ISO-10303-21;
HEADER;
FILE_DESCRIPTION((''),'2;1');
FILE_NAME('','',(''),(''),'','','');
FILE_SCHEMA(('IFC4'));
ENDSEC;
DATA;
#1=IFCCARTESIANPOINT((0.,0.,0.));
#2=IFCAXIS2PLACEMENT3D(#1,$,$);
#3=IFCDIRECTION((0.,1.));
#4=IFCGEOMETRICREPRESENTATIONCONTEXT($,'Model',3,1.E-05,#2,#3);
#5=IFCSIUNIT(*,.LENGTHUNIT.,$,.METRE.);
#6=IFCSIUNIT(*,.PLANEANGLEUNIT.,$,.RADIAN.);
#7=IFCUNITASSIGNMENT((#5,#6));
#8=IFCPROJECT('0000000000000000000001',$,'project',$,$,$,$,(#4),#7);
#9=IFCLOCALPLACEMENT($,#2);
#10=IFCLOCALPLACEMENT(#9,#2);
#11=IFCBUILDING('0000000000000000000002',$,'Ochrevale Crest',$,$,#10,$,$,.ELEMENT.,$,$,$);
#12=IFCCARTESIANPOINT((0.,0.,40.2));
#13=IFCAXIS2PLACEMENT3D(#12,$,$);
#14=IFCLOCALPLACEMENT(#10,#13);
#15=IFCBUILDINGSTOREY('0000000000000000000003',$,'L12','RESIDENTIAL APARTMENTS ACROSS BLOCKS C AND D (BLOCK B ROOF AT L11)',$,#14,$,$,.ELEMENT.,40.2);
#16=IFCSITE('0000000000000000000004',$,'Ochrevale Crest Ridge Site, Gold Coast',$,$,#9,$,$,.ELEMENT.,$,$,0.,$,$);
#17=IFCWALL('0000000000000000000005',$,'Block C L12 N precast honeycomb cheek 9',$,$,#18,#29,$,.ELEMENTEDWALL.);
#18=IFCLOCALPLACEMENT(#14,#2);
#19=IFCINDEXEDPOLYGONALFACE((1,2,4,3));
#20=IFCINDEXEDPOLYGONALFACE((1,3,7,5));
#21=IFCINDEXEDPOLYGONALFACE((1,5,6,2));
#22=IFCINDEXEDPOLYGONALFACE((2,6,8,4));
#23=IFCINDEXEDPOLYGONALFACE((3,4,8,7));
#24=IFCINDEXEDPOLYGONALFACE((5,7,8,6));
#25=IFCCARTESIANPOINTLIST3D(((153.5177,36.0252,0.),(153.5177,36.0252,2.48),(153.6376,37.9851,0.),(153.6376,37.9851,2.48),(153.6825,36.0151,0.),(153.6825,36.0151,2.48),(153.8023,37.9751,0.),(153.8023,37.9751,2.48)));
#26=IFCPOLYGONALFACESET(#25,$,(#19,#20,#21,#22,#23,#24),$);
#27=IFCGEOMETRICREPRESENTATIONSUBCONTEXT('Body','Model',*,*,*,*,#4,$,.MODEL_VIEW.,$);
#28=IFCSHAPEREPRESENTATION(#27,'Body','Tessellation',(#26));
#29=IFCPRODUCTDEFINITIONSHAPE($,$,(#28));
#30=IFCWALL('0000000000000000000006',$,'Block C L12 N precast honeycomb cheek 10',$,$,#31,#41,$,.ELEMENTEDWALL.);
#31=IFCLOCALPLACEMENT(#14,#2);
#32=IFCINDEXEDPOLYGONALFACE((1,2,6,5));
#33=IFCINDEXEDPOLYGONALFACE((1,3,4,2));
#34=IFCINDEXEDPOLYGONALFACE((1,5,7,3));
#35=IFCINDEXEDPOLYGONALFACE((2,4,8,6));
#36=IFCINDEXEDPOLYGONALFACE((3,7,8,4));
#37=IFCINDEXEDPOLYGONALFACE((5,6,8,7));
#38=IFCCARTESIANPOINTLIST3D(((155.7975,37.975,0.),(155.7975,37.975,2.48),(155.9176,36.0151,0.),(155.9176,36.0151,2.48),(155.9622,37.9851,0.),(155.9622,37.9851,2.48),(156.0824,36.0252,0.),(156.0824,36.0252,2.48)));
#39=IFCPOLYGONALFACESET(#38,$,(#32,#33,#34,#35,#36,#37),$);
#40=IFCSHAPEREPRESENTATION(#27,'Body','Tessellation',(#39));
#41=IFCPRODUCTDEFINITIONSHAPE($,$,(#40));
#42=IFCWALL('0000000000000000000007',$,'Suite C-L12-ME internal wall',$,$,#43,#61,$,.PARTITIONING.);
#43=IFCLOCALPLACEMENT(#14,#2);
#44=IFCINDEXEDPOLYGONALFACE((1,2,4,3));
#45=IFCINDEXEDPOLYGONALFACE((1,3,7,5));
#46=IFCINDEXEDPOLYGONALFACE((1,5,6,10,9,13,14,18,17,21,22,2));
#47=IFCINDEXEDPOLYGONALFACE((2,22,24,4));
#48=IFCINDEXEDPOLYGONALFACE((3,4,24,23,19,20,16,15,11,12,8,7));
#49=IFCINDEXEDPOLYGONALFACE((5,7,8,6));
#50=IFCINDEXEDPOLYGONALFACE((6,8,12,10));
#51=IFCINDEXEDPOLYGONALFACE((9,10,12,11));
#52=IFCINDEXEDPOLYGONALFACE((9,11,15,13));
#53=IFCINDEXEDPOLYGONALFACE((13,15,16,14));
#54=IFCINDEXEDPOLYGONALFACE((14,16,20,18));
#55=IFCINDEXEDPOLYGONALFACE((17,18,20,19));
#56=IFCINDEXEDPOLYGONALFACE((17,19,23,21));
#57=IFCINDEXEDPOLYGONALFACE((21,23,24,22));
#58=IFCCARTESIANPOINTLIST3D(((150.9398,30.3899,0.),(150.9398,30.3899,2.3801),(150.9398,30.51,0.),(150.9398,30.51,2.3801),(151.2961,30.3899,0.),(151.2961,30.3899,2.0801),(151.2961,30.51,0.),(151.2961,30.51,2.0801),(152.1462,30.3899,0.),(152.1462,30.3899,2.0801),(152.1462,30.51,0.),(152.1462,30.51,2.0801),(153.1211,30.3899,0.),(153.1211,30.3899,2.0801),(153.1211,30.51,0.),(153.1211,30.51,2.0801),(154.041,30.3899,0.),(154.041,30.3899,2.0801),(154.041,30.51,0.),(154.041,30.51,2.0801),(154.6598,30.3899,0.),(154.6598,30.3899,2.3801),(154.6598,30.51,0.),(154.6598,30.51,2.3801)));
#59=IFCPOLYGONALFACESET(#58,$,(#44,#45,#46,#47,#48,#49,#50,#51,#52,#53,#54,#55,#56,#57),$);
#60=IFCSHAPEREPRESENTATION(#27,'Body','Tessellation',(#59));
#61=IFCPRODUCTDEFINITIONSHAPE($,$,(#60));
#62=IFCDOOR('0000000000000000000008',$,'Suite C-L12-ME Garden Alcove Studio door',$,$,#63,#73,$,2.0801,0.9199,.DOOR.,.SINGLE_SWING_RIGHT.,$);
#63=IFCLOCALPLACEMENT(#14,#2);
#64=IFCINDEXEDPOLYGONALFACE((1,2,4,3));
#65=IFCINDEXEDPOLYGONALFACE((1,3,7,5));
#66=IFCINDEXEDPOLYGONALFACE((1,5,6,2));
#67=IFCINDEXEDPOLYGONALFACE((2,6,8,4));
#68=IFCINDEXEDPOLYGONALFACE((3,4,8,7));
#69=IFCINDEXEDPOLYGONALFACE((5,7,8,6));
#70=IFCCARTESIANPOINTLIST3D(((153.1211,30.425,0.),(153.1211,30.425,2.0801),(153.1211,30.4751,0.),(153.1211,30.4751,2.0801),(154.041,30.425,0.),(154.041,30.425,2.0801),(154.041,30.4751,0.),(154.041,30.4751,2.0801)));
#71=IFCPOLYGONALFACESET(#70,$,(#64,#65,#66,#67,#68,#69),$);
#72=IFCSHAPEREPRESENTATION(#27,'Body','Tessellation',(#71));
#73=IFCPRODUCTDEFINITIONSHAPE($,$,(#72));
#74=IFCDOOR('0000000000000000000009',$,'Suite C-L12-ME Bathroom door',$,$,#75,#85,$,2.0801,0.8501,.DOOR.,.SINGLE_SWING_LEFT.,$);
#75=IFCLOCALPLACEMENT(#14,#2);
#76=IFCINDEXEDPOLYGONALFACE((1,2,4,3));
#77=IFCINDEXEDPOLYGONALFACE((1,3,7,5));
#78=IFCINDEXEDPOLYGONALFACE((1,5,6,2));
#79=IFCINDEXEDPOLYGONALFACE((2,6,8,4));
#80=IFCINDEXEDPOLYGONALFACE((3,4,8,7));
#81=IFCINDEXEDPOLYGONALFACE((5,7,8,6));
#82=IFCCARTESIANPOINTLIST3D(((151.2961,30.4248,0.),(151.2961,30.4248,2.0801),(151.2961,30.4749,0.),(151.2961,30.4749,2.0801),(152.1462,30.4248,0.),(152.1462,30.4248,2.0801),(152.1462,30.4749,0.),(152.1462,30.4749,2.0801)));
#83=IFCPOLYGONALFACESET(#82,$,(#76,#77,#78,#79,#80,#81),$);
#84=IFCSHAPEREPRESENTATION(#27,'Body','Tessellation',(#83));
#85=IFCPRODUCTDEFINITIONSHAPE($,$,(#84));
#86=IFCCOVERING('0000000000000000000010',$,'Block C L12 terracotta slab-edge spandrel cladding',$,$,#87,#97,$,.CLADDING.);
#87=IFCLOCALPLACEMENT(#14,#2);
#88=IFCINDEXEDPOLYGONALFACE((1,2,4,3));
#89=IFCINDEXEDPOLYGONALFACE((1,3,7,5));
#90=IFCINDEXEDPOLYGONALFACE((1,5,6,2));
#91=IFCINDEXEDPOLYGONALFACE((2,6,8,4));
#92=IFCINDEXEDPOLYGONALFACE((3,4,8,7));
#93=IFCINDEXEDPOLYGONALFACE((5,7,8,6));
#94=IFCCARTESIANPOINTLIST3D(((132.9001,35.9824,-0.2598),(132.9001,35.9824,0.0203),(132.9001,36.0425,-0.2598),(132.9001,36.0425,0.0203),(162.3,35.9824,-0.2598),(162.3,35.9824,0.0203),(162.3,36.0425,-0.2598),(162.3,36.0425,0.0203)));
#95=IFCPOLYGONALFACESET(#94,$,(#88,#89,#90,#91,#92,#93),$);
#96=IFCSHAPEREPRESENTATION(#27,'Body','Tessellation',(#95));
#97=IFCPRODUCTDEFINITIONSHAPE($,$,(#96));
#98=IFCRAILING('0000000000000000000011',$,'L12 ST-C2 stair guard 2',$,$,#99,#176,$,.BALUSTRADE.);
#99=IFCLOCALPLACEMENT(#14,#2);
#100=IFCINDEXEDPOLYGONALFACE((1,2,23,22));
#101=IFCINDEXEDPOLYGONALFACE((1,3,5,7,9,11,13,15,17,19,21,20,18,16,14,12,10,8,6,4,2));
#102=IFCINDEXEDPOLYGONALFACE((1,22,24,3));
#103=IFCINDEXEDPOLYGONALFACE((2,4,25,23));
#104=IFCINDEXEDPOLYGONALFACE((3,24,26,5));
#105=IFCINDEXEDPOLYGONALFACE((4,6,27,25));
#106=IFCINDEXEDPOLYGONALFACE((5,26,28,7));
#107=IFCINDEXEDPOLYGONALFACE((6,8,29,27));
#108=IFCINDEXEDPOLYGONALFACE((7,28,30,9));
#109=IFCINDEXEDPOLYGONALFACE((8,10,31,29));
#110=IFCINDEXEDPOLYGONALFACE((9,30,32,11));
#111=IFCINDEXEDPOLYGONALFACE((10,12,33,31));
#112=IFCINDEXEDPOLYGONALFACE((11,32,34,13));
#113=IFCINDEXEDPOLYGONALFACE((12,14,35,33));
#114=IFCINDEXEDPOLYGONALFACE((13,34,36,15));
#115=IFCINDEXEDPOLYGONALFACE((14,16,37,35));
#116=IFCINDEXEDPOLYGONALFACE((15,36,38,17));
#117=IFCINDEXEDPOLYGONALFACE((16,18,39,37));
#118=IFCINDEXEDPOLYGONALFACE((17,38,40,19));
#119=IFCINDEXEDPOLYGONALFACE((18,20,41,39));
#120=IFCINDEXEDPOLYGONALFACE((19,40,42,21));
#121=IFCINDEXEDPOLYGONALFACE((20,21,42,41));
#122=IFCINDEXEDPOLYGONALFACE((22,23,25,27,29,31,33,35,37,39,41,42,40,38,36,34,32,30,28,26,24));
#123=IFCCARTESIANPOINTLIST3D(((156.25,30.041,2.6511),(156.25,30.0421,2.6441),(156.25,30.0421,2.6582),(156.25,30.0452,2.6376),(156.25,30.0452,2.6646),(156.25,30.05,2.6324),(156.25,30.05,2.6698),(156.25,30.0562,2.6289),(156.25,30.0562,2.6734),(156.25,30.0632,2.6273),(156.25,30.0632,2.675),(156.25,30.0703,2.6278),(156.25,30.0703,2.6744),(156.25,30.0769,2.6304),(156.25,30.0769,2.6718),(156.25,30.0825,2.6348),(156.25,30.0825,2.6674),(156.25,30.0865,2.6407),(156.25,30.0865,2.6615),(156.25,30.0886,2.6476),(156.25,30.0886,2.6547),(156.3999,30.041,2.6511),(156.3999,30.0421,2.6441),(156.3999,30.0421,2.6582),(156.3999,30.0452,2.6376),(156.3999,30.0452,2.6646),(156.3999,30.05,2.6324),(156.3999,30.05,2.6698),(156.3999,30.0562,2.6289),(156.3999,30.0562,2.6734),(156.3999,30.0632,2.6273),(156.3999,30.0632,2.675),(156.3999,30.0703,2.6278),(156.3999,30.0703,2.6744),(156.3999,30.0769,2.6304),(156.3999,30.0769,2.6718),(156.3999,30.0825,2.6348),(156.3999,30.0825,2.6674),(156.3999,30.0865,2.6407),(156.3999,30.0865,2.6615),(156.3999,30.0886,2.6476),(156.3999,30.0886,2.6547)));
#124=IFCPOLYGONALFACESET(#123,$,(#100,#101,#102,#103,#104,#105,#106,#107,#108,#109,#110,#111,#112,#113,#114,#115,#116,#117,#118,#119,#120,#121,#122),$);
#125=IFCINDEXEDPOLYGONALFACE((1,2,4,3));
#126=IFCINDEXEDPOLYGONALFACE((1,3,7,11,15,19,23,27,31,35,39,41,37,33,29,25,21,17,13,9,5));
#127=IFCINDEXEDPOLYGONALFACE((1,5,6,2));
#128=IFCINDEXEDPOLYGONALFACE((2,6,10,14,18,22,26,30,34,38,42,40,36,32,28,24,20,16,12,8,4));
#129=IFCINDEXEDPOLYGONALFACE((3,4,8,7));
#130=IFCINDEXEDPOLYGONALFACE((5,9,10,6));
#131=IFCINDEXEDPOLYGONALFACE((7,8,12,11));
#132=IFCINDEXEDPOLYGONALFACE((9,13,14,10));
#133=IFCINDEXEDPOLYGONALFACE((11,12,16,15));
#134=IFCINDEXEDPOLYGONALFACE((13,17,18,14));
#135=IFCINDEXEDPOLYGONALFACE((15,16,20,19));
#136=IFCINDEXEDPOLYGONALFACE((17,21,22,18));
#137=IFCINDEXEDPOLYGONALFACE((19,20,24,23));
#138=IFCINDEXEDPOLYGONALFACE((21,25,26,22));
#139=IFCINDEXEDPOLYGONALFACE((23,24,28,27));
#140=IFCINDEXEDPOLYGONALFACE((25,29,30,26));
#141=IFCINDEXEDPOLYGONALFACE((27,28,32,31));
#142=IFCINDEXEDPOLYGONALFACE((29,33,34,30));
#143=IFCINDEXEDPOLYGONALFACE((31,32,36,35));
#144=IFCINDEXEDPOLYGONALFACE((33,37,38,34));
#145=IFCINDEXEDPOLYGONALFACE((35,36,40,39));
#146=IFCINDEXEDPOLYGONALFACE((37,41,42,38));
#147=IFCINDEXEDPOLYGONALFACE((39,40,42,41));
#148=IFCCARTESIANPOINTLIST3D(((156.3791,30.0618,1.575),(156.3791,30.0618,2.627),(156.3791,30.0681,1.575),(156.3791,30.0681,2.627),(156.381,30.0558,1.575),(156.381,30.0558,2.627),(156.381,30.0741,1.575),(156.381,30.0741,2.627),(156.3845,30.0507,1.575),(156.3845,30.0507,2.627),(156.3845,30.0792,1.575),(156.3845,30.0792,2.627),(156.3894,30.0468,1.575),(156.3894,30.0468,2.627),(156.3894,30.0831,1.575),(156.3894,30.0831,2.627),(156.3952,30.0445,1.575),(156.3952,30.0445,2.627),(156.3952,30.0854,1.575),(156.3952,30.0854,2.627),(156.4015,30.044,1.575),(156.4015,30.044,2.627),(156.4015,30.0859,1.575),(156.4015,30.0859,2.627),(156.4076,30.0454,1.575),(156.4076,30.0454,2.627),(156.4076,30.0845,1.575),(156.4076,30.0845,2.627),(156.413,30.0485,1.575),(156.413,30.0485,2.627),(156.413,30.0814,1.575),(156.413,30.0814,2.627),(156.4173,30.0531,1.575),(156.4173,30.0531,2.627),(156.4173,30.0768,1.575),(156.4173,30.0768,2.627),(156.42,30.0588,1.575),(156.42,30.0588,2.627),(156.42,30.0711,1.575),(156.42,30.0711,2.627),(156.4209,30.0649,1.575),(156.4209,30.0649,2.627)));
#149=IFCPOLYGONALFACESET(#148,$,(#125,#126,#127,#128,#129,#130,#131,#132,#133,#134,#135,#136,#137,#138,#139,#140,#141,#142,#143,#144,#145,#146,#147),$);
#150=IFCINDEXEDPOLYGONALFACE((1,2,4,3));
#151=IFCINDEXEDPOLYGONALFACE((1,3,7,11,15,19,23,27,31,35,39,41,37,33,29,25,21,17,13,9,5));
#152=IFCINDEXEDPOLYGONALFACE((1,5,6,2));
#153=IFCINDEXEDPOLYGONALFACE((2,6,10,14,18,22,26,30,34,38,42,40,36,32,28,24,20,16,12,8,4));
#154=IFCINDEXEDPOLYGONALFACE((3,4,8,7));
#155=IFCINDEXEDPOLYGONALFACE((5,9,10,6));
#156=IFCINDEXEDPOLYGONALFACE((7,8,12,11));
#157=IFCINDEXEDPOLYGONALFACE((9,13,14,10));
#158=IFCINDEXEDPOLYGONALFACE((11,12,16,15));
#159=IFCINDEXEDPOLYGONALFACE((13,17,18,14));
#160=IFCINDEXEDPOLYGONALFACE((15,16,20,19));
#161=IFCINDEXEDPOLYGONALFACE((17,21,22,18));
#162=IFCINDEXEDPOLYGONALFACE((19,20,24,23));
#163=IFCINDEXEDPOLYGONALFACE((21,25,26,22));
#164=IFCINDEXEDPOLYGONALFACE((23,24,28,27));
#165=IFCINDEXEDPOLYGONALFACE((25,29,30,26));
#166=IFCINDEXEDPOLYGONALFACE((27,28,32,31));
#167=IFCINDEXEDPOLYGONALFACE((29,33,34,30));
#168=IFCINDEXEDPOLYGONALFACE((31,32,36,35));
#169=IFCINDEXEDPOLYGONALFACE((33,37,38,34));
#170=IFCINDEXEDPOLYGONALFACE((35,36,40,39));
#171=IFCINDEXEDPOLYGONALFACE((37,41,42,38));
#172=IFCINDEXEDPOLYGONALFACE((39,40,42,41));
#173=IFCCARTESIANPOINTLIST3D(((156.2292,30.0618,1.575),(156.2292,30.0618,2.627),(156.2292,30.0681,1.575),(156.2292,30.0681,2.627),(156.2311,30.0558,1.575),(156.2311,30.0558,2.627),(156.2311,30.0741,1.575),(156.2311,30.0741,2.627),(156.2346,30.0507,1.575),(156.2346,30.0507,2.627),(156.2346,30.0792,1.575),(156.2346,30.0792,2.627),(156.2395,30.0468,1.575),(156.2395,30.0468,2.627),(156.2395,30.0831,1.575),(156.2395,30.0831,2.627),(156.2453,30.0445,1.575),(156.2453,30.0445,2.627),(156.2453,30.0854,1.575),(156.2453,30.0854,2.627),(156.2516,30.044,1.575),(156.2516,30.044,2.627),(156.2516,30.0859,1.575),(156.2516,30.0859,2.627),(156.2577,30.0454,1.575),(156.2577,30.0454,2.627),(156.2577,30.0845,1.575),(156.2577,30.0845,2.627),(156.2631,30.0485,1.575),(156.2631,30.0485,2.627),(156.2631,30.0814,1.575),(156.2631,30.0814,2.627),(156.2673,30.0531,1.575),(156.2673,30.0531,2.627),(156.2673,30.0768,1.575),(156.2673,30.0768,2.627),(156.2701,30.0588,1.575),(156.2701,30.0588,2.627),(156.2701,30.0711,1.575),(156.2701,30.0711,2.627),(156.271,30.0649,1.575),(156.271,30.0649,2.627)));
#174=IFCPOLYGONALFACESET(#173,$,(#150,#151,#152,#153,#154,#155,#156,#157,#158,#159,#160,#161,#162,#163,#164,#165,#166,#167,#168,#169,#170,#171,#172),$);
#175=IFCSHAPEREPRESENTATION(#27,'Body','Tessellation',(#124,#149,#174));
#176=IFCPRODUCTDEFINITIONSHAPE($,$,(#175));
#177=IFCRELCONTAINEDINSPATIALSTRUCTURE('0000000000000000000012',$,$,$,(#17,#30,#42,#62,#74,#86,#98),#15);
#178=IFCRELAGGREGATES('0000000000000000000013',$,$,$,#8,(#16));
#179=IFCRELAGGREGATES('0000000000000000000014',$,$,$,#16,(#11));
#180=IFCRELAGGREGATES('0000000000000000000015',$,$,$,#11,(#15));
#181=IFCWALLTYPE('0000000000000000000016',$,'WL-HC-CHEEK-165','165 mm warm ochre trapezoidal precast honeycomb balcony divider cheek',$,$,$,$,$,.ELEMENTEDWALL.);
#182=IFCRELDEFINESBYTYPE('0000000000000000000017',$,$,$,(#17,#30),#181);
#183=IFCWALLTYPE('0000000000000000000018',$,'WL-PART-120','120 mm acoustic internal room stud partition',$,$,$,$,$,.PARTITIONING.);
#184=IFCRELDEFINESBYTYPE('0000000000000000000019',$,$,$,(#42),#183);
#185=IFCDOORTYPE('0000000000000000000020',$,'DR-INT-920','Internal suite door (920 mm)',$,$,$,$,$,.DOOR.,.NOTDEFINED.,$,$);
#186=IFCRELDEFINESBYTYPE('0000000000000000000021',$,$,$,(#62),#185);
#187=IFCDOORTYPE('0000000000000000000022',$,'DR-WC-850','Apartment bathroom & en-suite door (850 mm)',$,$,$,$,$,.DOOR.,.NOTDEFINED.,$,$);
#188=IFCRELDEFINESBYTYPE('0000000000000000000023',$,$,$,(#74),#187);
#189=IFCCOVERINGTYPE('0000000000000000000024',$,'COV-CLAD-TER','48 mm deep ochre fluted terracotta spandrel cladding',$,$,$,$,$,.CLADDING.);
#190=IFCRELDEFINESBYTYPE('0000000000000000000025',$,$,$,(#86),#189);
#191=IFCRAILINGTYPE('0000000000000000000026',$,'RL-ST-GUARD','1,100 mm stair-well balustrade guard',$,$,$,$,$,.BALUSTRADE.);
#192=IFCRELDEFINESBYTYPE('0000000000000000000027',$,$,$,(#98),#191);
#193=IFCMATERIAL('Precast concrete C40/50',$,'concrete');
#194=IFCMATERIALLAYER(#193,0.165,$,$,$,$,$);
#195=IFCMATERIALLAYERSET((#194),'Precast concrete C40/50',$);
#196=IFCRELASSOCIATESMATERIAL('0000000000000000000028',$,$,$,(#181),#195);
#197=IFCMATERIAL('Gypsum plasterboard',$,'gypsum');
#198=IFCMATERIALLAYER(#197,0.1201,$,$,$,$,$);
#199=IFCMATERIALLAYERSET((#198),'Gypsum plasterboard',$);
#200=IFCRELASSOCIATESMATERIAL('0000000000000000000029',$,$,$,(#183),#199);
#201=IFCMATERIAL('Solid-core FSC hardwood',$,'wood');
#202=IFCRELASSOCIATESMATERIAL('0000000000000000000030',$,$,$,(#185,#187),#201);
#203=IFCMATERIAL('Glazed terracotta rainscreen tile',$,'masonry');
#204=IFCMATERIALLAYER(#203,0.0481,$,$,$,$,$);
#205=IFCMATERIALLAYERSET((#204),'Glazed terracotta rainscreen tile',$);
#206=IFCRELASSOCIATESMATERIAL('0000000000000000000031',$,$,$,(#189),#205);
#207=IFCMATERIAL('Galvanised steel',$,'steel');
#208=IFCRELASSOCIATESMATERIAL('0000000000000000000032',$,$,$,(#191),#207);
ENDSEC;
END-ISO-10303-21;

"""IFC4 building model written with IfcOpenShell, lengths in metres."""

from ifc_helpers import new_model, si_unit, direction, frame, frame_2d, origin, origin_2d, place, context, subcontext, project, spatial, rectangle, circle, extrude, material, layer, layer_set, type_object, element, fill, save


model = new_model("IFC4")

# Units and contexts
model_context = context("Model", 3, precision=1e-05, world=origin(), true_north=direction((0.0, 1.0)))
body_context = subcontext(model_context, "Body", "Model", "MODEL_VIEW")
ifc_project = project(units=[si_unit("LENGTHUNIT", "METRE"), si_unit("PLANEANGLEUNIT", "RADIAN")], contexts=[model_context])

# Site, building, storey
site_placement = place(None, origin())
site = spatial("IfcSite", under=ifc_project, at=site_placement, Name="Ochrevale Crest Ridge Site, Gold Coast", CompositionType="ELEMENT", RefElevation=0.0)
building_placement = place(site_placement, origin())
building = spatial("IfcBuilding", under=site, at=building_placement, Name="Ochrevale Crest", CompositionType="ELEMENT")
storey_placement = place(building_placement, frame((0.0, 0.0, 40.2)))
storey = spatial("IfcBuildingStorey", under=building, at=storey_placement, Name="L12", Description="RESIDENTIAL APARTMENTS ACROSS BLOCKS C AND D (BLOCK B ROOF AT L11)", CompositionType="ELEMENT", Elevation=40.2)

# Shared definitions
ifc_material_1 = material(Name="Precast concrete C40/50", Category="concrete")

# Walls
ifc_layer_1 = layer(ifc_material_1, 0.165)
ifc_layer_set_1 = layer_set([ifc_layer_1], Name="Precast concrete C40/50")
wall_type_1 = type_object("IfcWallType", Name="WL-HC-CHEEK-165", Description="165 mm warm ochre trapezoidal precast honeycomb balcony divider cheek", PredefinedType="ELEMENTEDWALL", material=ifc_layer_set_1)
for number, where, z_axis, x_axis, name in (
    (1, (153.6001, 36.02, 0.0), (0.0, 0.0, 1.0), (0.061047, 0.998135, 0.0), "Block C L12 N precast honeycomb cheek 9"),
    (2, (156.0, 36.02, 0.0), (0.0, 0.0, 1.0), (-0.061171, 0.998127, 0.0), "Block C L12 N precast honeycomb cheek 10"),
):
    element("IfcWall", number, at=place(storey_placement, frame(where, z_axis=z_axis, x_axis=x_axis)), inside=storey, type_object=wall_type_1, Name=name, PredefinedType="ELEMENTEDWALL", context=body_context, shape_type="SweptSolid", body=[
        extrude(rectangle(XDim=1.9636, YDim=0.165, at=frame_2d((0.9819, 0.0))), origin(), (0.0, 0.0, 1.0), 2.48),
    ])

# Wall, openings, doors
ifc_material_2 = material(Name="Gypsum plasterboard", Category="gypsum")
ifc_layer_2 = layer(ifc_material_2, 0.1201)
ifc_layer_set_2 = layer_set([ifc_layer_2], Name="Gypsum plasterboard")
wall_type_2 = type_object("IfcWallType", Name="WL-PART-120", Description="120 mm acoustic internal room stud partition", PredefinedType="PARTITIONING", material=ifc_layer_set_2)
wall_1_placement = place(storey_placement, frame((150.9399, 30.45, 0.0), z_axis=(0.0, 0.0, 1.0), x_axis=(1.0, 0.0, 0.0)))
wall_1 = element("IfcWall", 3, at=wall_1_placement, inside=storey, type_object=wall_type_2, Name="Suite C-L12-ME internal wall", PredefinedType="PARTITIONING", context=body_context, shape_type="SweptSolid", body=[
    extrude(rectangle(XDim=3.72, YDim=0.1201, at=frame_2d((1.8599, 0.0))), origin(), (0.0, 0.0, 1.0), 2.3801),
])
opening_1_placement = place(wall_1_placement, frame((0.3562, 0.0, 0.0)))
opening_1 = element("IfcOpeningElement", 4, at=opening_1_placement, cuts=wall_1, PredefinedType="OPENING", context=body_context, shape_type="SweptSolid", body=[
    extrude(rectangle(XDim=0.8501, YDim=2.0801, at=frame_2d((0.425, 1.04))), frame((0.0, 0.0701, 0.0), z_axis=(0.0, -1.0, 0.0), x_axis=(1.0, 0.0, 0.0)), (0.0, 0.0, 1.0), 0.1401),
])
opening_2_placement = place(wall_1_placement, frame((3.1011, 0.0, 0.0), z_axis=(0.0, 0.0, 1.0), x_axis=(-1.0, 0.0, 0.0)))
opening_2 = element("IfcOpeningElement", 5, at=opening_2_placement, cuts=wall_1, PredefinedType="OPENING", context=body_context, shape_type="SweptSolid", body=[
    extrude(rectangle(XDim=0.9199, YDim=2.0801, at=frame_2d((0.46, 1.04))), frame((0.0, 0.0701, 0.0), z_axis=(0.0, -1.0, 0.0), x_axis=(1.0, 0.0, 0.0)), (0.0, 0.0, 1.0), 0.1401),
])
ifc_material_3 = material(Name="Solid-core FSC hardwood", Category="wood")
door_type_1 = type_object("IfcDoorType", Name="DR-INT-920", Description="Internal suite door (920 mm)", OperationType="NOTDEFINED", PredefinedType="DOOR", material=ifc_material_3)
door_1_placement = place(opening_2_placement, origin())
door_1 = element("IfcDoor", 6, at=door_1_placement, inside=storey, type_object=door_type_1, Name="Suite C-L12-ME Garden Alcove Studio door", OperationType="SINGLE_SWING_RIGHT", OverallHeight=2.0801, OverallWidth=0.9199, PredefinedType="DOOR", context=body_context, shape_type="SweptSolid", body=[
    extrude(rectangle(XDim=0.9199, YDim=2.0801, at=frame_2d((0.46, 1.04))), frame((0.0, 0.0249, 0.0), z_axis=(0.0, -1.0, 0.0), x_axis=(1.0, 0.0, 0.0)), (0.0, 0.0, 1.0), 0.05),
])
fill(opening_2, door_1)
door_type_2 = type_object("IfcDoorType", Name="DR-WC-850", Description="Apartment bathroom & en-suite door (850 mm)", OperationType="NOTDEFINED", PredefinedType="DOOR", material=ifc_material_3)
door_2_placement = place(opening_1_placement, origin())
door_2 = element("IfcDoor", 7, at=door_2_placement, inside=storey, type_object=door_type_2, Name="Suite C-L12-ME Bathroom door", OperationType="SINGLE_SWING_LEFT", OverallHeight=2.0801, OverallWidth=0.8501, PredefinedType="DOOR", context=body_context, shape_type="SweptSolid", body=[
    extrude(rectangle(XDim=0.8501, YDim=2.0801, at=frame_2d((0.425, 1.04))), frame((0.0, 0.0249, 0.0), z_axis=(0.0, -1.0, 0.0), x_axis=(1.0, 0.0, 0.0)), (0.0, 0.0, 1.0), 0.05),
])
fill(opening_1, door_2)

# Covering
ifc_material_4 = material(Name="Glazed terracotta rainscreen tile", Category="masonry")
ifc_layer_3 = layer(ifc_material_4, 0.0481)
ifc_layer_set_3 = layer_set([ifc_layer_3], Name="Glazed terracotta rainscreen tile")
covering_type = type_object("IfcCoveringType", Name="COV-CLAD-TER", Description="48 mm deep ochre fluted terracotta spandrel cladding", PredefinedType="CLADDING", material=ifc_layer_set_3)
covering_placement = place(storey_placement, frame((147.6001, 36.0125, -0.2598), z_axis=(0.0, 0.0, 1.0), x_axis=(-1.0, 0.0, 0.0)))
element("IfcCovering", 8, at=covering_placement, inside=storey, type_object=covering_type, Name="Block C L12 terracotta slab-edge spandrel cladding", PredefinedType="CLADDING", context=body_context, shape_type="SweptSolid", body=[
    extrude(rectangle(XDim=29.3999, YDim=0.0601, at=origin_2d()), origin(), (0.0, 0.0, 1.0), 0.28),
])

# Railing
ifc_material_5 = material(Name="Galvanised steel", Category="steel")
railing_type = type_object("IfcRailingType", Name="RL-ST-GUARD", Description="1,100 mm stair-well balustrade guard", PredefinedType="BALUSTRADE", material=ifc_material_5)
railing_placement = place(storey_placement, frame((156.3999, 30.0649, 1.575)))
element("IfcRailing", 9, at=railing_placement, inside=storey, type_object=railing_type, Name="L12 ST-C2 stair guard 2", PredefinedType="BALUSTRADE", context=body_context, shape_type="SweptSolid", body=[
    extrude(circle(Radius=0.0239, at=origin_2d()), frame((0.0, 0.0, 1.0762), z_axis=(-1.0, 0.0, 0.0), x_axis=(0.0, -1.0, 0.0)), (0.0, 0.0, 1.0), 0.1499),
    extrude(circle(Radius=0.021, at=origin_2d()), origin(), (0.0, 0.0, 1.0), 1.052),
    extrude(circle(Radius=0.021, at=origin_2d()), frame((-0.1499, 0.0, 0.0)), (0.0, 0.0, 1.0), 1.052),
])

save(model, "model.ifc")
